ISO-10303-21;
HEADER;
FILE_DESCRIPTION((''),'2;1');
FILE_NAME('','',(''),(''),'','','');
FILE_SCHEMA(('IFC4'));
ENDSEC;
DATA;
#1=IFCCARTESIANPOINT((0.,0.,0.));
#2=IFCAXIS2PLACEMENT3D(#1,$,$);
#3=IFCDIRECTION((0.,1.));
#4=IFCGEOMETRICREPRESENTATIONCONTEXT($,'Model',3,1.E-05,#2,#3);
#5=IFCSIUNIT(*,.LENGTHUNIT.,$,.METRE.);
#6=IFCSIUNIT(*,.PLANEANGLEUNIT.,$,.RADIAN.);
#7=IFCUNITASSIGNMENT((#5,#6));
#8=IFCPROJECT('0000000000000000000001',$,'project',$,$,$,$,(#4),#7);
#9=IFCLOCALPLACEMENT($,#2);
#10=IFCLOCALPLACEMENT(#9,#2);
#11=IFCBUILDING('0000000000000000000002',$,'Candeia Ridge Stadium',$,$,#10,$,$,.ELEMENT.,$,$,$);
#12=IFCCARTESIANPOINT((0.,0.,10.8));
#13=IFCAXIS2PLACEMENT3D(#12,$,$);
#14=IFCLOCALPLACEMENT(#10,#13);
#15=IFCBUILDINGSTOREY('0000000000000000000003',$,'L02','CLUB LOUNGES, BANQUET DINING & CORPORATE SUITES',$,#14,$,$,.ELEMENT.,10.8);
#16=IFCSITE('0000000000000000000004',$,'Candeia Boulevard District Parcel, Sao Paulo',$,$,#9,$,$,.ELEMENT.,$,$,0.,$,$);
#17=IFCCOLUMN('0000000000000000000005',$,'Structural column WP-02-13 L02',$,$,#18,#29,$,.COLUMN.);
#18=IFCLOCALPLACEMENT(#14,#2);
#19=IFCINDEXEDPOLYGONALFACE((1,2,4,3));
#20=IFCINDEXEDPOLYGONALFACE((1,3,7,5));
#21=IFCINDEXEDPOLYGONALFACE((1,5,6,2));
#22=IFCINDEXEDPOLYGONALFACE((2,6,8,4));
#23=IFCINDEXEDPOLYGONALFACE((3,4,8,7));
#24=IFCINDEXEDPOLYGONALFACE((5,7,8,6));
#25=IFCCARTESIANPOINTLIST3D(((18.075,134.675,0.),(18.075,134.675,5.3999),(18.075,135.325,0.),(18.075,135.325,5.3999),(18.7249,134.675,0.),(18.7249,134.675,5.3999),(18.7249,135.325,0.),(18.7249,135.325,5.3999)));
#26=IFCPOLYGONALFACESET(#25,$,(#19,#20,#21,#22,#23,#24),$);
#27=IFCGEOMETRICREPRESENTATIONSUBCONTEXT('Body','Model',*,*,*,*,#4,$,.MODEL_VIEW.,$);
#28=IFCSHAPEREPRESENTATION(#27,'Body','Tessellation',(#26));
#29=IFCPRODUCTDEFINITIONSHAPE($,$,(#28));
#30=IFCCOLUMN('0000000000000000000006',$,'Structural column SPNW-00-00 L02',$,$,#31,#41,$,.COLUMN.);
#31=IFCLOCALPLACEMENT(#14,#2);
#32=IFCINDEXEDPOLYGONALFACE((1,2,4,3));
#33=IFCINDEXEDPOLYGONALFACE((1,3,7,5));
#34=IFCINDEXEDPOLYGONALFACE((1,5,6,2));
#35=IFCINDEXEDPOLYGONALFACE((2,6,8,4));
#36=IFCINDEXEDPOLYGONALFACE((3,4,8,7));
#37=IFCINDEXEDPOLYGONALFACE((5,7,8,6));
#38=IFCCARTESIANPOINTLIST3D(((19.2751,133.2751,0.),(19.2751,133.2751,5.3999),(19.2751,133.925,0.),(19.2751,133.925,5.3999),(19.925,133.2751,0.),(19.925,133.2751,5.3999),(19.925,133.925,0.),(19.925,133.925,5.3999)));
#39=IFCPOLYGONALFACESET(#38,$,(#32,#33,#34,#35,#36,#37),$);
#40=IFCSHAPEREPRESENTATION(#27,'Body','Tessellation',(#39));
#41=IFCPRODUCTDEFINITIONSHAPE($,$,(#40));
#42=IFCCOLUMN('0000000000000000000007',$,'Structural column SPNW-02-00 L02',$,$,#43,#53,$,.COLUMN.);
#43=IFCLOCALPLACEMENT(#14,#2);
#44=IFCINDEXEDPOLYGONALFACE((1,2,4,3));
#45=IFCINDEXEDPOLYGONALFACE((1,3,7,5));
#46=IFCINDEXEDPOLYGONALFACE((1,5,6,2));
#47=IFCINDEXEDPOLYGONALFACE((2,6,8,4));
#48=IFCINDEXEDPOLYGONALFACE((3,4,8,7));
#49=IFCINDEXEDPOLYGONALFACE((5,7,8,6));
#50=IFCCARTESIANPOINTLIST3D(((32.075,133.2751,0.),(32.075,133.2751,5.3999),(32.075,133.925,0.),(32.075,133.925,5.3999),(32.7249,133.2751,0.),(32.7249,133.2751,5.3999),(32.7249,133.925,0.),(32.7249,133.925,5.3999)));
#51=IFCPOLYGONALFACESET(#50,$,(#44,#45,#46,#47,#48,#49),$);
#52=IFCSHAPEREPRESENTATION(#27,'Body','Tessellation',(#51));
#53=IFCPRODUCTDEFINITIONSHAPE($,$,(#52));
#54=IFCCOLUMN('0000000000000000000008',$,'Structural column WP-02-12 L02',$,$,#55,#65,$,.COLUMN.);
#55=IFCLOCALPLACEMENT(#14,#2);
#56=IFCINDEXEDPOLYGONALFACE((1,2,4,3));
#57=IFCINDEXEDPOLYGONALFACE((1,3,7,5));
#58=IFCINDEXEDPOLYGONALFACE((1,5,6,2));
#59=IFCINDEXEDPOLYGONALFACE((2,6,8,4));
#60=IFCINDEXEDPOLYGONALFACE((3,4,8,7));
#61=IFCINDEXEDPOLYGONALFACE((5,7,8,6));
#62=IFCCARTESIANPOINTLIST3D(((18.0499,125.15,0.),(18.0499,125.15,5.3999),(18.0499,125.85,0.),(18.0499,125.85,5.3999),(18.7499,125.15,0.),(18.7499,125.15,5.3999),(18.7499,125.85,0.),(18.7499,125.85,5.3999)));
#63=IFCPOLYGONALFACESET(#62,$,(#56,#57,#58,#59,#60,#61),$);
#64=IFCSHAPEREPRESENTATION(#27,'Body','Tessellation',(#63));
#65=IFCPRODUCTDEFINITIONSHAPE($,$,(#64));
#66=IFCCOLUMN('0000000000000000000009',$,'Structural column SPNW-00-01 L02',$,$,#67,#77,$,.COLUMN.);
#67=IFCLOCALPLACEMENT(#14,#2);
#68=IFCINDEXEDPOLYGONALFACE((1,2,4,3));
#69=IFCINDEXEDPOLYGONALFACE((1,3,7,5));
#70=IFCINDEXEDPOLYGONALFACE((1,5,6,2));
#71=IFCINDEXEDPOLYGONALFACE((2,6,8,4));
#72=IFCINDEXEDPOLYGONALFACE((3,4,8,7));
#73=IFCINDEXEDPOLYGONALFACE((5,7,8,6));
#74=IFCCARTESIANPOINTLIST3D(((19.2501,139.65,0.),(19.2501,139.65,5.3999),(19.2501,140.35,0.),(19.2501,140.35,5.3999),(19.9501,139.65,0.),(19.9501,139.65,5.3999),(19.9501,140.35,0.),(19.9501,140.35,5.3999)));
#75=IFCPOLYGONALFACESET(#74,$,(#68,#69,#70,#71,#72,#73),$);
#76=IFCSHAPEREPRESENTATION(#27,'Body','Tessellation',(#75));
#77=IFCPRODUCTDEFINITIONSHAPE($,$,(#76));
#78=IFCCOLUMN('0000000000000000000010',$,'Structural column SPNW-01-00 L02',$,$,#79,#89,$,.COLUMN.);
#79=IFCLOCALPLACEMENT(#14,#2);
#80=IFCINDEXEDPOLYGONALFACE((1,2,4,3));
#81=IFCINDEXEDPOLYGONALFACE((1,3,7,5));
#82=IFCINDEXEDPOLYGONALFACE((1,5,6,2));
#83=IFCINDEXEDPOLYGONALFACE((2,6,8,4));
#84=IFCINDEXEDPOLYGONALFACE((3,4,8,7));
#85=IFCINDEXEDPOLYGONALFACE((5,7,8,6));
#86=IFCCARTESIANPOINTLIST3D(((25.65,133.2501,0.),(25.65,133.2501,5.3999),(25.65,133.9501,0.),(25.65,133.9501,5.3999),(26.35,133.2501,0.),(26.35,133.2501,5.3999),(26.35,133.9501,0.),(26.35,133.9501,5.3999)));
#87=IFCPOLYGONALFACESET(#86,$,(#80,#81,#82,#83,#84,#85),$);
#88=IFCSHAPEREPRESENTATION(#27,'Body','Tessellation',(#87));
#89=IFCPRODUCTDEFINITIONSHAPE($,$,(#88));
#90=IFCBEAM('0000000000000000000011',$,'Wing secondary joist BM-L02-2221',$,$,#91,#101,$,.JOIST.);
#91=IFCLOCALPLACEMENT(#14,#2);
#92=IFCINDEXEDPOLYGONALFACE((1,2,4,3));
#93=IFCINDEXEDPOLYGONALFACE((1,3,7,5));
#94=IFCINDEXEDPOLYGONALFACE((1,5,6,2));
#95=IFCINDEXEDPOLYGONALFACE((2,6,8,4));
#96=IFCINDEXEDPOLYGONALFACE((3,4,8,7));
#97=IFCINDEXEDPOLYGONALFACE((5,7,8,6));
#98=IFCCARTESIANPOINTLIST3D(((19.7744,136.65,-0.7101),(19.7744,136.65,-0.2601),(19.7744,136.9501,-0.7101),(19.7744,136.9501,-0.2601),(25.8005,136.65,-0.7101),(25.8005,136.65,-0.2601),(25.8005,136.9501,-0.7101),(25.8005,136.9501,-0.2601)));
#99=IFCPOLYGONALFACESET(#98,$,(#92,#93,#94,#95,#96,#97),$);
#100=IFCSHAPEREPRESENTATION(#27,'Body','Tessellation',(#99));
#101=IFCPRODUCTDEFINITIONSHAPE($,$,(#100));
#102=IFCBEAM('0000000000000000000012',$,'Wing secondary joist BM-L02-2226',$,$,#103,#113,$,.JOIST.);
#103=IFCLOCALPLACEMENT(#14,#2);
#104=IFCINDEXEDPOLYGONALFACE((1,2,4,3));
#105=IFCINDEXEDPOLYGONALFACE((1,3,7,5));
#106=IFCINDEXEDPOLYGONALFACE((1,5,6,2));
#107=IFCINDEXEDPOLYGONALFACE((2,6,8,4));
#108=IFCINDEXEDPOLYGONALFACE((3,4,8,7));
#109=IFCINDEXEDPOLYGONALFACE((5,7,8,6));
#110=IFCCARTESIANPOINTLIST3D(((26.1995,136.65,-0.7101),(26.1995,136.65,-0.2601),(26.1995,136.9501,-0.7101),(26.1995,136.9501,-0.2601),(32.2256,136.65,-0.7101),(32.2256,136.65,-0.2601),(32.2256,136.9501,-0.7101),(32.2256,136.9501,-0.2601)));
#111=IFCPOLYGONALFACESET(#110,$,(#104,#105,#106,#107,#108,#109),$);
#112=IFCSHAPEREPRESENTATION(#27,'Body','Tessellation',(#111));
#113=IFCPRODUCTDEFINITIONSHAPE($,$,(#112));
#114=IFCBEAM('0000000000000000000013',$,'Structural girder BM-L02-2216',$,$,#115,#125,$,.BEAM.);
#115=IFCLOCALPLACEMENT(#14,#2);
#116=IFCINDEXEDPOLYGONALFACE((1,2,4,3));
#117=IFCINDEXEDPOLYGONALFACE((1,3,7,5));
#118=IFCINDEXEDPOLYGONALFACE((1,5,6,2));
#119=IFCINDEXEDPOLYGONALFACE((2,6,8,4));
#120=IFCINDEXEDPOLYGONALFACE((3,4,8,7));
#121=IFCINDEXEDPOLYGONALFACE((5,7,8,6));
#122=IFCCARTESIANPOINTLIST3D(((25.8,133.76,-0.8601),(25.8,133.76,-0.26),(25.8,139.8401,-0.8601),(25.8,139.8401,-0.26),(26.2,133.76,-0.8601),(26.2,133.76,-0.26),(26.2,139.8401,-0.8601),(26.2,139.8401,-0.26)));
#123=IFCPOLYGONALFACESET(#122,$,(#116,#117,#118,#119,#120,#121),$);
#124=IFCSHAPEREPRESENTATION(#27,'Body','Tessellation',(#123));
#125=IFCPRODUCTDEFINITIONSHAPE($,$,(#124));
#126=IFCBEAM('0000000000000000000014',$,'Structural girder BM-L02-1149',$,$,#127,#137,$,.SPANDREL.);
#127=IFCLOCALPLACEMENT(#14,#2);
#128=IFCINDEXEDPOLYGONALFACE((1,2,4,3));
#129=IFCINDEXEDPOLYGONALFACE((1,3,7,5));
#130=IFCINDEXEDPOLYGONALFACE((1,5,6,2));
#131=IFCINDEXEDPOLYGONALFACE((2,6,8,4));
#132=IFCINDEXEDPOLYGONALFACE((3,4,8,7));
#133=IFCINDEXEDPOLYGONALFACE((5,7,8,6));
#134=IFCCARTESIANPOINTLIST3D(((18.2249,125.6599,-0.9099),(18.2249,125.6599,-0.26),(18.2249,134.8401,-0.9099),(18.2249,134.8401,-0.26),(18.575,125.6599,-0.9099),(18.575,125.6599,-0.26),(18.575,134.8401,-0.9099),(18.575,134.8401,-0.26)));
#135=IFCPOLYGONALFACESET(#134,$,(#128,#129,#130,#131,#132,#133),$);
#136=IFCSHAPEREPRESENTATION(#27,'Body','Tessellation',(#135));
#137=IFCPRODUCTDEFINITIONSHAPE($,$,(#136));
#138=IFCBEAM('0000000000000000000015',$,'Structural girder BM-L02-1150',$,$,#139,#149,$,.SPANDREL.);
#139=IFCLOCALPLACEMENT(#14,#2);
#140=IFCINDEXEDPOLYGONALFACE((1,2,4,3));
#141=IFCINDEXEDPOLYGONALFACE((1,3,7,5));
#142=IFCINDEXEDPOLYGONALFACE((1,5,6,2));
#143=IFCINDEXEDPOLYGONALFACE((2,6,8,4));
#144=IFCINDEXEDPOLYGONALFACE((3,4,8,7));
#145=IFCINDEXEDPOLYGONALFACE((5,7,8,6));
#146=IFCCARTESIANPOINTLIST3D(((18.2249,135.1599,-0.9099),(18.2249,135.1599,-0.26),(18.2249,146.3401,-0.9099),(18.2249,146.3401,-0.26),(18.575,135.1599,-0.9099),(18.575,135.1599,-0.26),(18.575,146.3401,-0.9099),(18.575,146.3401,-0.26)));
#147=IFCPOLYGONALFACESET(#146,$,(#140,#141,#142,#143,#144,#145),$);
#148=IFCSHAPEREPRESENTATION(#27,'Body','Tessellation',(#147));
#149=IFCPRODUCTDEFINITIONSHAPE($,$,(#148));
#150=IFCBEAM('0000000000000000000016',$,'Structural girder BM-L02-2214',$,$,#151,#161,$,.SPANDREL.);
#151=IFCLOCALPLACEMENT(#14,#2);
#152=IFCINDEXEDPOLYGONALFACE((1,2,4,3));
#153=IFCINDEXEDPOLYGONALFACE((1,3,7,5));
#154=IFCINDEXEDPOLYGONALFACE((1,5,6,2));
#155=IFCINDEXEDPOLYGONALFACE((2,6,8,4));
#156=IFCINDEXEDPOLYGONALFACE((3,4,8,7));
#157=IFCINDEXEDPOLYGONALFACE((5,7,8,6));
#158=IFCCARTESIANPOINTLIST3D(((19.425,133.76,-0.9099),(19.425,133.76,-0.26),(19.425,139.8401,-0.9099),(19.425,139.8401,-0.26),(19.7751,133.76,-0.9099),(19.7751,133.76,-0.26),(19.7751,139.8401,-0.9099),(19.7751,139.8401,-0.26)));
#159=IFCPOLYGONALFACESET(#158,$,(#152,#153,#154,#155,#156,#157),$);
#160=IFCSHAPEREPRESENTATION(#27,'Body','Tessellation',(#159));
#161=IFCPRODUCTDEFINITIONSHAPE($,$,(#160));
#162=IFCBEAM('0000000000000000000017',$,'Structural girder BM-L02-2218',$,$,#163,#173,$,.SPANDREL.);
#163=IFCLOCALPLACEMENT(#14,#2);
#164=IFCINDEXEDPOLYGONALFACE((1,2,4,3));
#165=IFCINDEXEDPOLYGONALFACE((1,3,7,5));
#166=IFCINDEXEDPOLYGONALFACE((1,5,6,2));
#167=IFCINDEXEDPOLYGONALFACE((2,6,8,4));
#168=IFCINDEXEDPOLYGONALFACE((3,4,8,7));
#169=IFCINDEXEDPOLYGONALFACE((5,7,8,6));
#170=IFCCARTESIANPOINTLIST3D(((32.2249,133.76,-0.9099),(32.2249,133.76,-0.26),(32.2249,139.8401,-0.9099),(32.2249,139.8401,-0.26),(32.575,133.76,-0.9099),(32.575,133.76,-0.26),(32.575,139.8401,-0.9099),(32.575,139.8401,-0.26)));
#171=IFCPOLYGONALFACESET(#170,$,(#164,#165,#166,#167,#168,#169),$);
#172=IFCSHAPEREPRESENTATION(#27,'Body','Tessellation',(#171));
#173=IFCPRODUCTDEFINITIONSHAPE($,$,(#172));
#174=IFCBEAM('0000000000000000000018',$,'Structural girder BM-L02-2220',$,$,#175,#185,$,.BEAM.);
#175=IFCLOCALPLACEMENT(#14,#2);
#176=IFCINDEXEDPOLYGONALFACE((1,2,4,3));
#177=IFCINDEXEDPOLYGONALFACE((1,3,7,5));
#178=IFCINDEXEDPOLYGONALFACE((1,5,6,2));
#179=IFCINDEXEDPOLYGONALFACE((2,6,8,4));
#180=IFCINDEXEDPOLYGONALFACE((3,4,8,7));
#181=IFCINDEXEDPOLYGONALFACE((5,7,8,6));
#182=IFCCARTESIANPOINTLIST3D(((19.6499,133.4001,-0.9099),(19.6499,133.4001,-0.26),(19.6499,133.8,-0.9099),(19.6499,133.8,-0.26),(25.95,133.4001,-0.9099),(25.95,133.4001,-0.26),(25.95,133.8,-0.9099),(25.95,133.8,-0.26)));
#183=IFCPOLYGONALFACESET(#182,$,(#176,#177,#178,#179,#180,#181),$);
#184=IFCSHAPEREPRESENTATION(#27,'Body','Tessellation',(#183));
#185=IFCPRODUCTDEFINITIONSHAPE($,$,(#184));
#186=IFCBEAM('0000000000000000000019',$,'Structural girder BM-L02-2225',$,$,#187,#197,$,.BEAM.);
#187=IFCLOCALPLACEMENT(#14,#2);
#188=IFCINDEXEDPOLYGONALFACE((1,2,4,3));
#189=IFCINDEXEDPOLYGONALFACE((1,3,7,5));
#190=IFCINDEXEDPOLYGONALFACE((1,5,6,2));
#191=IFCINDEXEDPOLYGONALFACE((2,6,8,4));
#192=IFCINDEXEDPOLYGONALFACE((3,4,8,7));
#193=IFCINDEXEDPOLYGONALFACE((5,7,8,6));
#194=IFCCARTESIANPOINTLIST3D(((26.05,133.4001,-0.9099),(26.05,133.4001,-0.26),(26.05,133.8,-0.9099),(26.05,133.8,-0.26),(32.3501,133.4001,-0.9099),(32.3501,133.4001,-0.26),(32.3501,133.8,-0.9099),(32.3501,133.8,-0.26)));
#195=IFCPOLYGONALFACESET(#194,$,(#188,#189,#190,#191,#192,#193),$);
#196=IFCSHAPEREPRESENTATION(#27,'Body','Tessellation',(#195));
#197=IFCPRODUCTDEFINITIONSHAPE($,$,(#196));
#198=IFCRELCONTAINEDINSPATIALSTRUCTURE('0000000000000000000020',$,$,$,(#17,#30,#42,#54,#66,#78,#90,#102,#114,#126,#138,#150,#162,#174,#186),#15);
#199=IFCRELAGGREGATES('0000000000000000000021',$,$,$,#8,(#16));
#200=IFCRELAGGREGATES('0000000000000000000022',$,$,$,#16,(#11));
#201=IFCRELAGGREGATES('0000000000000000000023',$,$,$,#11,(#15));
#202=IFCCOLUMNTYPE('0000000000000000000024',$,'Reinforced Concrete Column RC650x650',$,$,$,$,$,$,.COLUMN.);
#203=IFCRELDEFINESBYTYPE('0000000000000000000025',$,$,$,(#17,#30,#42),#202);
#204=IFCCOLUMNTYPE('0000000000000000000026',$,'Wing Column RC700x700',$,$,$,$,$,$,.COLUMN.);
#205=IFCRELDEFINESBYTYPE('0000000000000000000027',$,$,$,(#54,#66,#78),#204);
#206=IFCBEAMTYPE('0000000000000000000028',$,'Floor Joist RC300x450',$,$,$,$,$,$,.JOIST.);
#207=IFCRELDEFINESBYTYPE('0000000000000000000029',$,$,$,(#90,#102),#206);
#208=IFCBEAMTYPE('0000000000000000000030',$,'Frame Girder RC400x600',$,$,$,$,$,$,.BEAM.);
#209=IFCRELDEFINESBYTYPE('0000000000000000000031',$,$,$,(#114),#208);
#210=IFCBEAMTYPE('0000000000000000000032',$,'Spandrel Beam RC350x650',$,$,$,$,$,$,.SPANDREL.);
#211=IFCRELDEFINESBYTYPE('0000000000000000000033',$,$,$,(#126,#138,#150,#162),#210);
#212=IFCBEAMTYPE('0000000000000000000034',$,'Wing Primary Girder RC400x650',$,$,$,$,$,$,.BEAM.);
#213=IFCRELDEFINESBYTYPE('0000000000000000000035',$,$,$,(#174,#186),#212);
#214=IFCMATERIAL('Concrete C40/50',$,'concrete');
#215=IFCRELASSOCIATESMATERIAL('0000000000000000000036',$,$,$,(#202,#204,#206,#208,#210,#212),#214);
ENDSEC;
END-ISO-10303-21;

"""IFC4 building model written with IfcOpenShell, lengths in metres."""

from ifc_helpers import new_model, si_unit, direction, frame, origin, origin_2d, place, context, subcontext, project, spatial, rectangle, extrude, material, material_profile, profile_set, type_object, element, save


model = new_model("IFC4")

# Units and contexts
model_context = context("Model", 3, precision=1e-05, world=origin(), true_north=direction((0.0, 1.0)))
body_context = subcontext(model_context, "Body", "Model", "MODEL_VIEW")
ifc_project = project(units=[si_unit("LENGTHUNIT", "METRE"), si_unit("PLANEANGLEUNIT", "RADIAN")], contexts=[model_context])

# Site, building, storey
site_placement = place(None, origin())
site = spatial("IfcSite", under=ifc_project, at=site_placement, Name="Candeia Boulevard District Parcel, Sao Paulo", CompositionType="ELEMENT", RefElevation=0.0)
building_placement = place(site_placement, origin())
building = spatial("IfcBuilding", under=site, at=building_placement, Name="Candeia Ridge Stadium", CompositionType="ELEMENT")
storey_placement = place(building_placement, frame((0.0, 0.0, 10.8)))
storey = spatial("IfcBuildingStorey", under=building, at=storey_placement, Name="L02", Description="CLUB LOUNGES, BANQUET DINING & CORPORATE SUITES", CompositionType="ELEMENT", Elevation=10.8)

# Columns
ifc_material_1 = material(Name="Concrete C40/50", Category="concrete")
ifc_material_profile_1 = material_profile(ifc_material_1, rectangle(XDim=0.6499, YDim=0.6499, at=origin_2d()), Name="RC650x650", Category="concrete")
ifc_profile_set_1 = profile_set([ifc_material_profile_1], Name="Concrete C40/50")
column_type_1 = type_object("IfcColumnType", Name="Reinforced Concrete Column RC650x650", PredefinedType="COLUMN", material=ifc_profile_set_1)
for number, where, z_axis, x_axis, name in (
    (1, (18.3999, 135.0, 0.0), (0.0, 0.0, 1.0), (1.0, 0.0, 0.0), "Structural column WP-02-13 L02"),
    (2, (19.6001, 133.6001, 0.0), (0.0, 0.0, 1.0), (1.0, 0.0, 0.0), "Structural column SPNW-00-00 L02"),
    (3, (32.3999, 133.6001, 0.0), (0.0, 0.0, 1.0), (1.0, 0.0, 0.0), "Structural column SPNW-02-00 L02"),
):
    element("IfcColumn", number, at=place(storey_placement, frame(where, z_axis=z_axis, x_axis=x_axis)), inside=storey, type_object=column_type_1, Name=name, PredefinedType="COLUMN", context=body_context, shape_type="SweptSolid", body=[
        extrude(rectangle(XDim=0.6499, YDim=0.6499, at=origin_2d()), origin(), (0.0, 0.0, 1.0), 5.3999),
    ])
ifc_material_profile_2 = material_profile(ifc_material_1, rectangle(XDim=0.7, YDim=0.7, at=origin_2d()), Name="RC700x700", Category="concrete")
ifc_profile_set_2 = profile_set([ifc_material_profile_2], Name="Concrete C40/50")
column_type_2 = type_object("IfcColumnType", Name="Wing Column RC700x700", PredefinedType="COLUMN", material=ifc_profile_set_2)
for number, where, z_axis, x_axis, name in (
    (4, (18.3999, 125.5, 0.0), (0.0, 0.0, 1.0), (1.0, 0.0, 0.0), "Structural column WP-02-12 L02"),
    (5, (19.6001, 140.0, 0.0), (0.0, 0.0, 1.0), (1.0, 0.0, 0.0), "Structural column SPNW-00-01 L02"),
    (6, (26.0, 133.6001, 0.0), (0.0, 0.0, 1.0), (1.0, 0.0, 0.0), "Structural column SPNW-01-00 L02"),
):
    element("IfcColumn", number, at=place(storey_placement, frame(where, z_axis=z_axis, x_axis=x_axis)), inside=storey, type_object=column_type_2, Name=name, PredefinedType="COLUMN", context=body_context, shape_type="SweptSolid", body=[
        extrude(rectangle(XDim=0.7, YDim=0.7, at=origin_2d()), origin(), (0.0, 0.0, 1.0), 5.3999),
    ])

# Beams
ifc_material_profile_3 = material_profile(ifc_material_1, rectangle(XDim=0.3, YDim=0.45, at=origin_2d()), Name="RC300x450", Category="concrete")
ifc_profile_set_3 = profile_set([ifc_material_profile_3], Name="Concrete C40/50")
beam_type_1 = type_object("IfcBeamType", Name="Floor Joist RC300x450", PredefinedType="JOIST", material=ifc_profile_set_3)
for number, where, z_axis, x_axis, name in (
    (7, (19.7744, 136.8, -0.4851), (1.0, 0.0, 0.0), (0.0, 1.0, 0.0), "Wing secondary joist BM-L02-2221"),
    (8, (26.1995, 136.8, -0.4851), (1.0, 0.0, 0.0), (0.0, 1.0, 0.0), "Wing secondary joist BM-L02-2226"),
):
    element("IfcBeam", number, at=place(storey_placement, frame(where, z_axis=z_axis, x_axis=x_axis)), inside=storey, type_object=beam_type_1, Name=name, PredefinedType="JOIST", context=body_context, shape_type="SweptSolid", body=[
        extrude(rectangle(XDim=0.3, YDim=0.45, at=origin_2d()), origin(), (0.0, 0.0, 1.0), 6.0261),
    ])
ifc_material_profile_4 = material_profile(ifc_material_1, rectangle(XDim=0.3999, YDim=0.6001, at=origin_2d()), Name="RC400x600", Category="concrete")
ifc_profile_set_4 = profile_set([ifc_material_profile_4], Name="Concrete C40/50")
beam_type_2 = type_object("IfcBeamType", Name="Frame Girder RC400x600", PredefinedType="BEAM", material=ifc_profile_set_4)
beam_1_placement = place(storey_placement, frame((26.0, 133.76, -0.5601), z_axis=(0.0, 1.0, 0.0), x_axis=(-1.0, 0.0, 0.0)))
element("IfcBeam", 9, at=beam_1_placement, inside=storey, type_object=beam_type_2, Name="Structural girder BM-L02-2216", PredefinedType="BEAM", context=body_context, shape_type="SweptSolid", body=[
    extrude(rectangle(XDim=0.3999, YDim=0.6001, at=origin_2d()), origin(), (0.0, 0.0, 1.0), 6.0801),
])
ifc_material_profile_5 = material_profile(ifc_material_1, rectangle(XDim=0.3501, YDim=0.6499, at=origin_2d()), Name="RC350x650", Category="concrete")
ifc_profile_set_5 = profile_set([ifc_material_profile_5], Name="Concrete C40/50")
beam_type_3 = type_object("IfcBeamType", Name="Spandrel Beam RC350x650", PredefinedType="SPANDREL", material=ifc_profile_set_5)
beam_2_placement = place(storey_placement, frame((18.3999, 125.6599, -0.585), z_axis=(0.0, 1.0, 0.0), x_axis=(-1.0, 0.0, 0.0)))
element("IfcBeam", 10, at=beam_2_placement, inside=storey, type_object=beam_type_3, Name="Structural girder BM-L02-1149", PredefinedType="SPANDREL", context=body_context, shape_type="SweptSolid", body=[
    extrude(rectangle(XDim=0.3501, YDim=0.6499, at=origin_2d()), origin(), (0.0, 0.0, 1.0), 9.1802),
])
beam_3_placement = place(storey_placement, frame((18.3999, 135.1599, -0.585), z_axis=(0.0, 1.0, 0.0), x_axis=(-1.0, 0.0, 0.0)))
element("IfcBeam", 11, at=beam_3_placement, inside=storey, type_object=beam_type_3, Name="Structural girder BM-L02-1150", PredefinedType="SPANDREL", context=body_context, shape_type="SweptSolid", body=[
    extrude(rectangle(XDim=0.3501, YDim=0.6499, at=origin_2d()), origin(), (0.0, 0.0, 1.0), 11.1802),
])
for number, where, z_axis, x_axis, name in (
    (12, (19.6001, 133.76, -0.585), (0.0, 1.0, 0.0), (-1.0, 0.0, 0.0), "Structural girder BM-L02-2214"),
    (13, (32.3999, 133.76, -0.585), (0.0, 1.0, 0.0), (-1.0, 0.0, 0.0), "Structural girder BM-L02-2218"),
):
    element("IfcBeam", number, at=place(storey_placement, frame(where, z_axis=z_axis, x_axis=x_axis)), inside=storey, type_object=beam_type_3, Name=name, PredefinedType="SPANDREL", context=body_context, shape_type="SweptSolid", body=[
        extrude(rectangle(XDim=0.3501, YDim=0.6499, at=origin_2d()), origin(), (0.0, 0.0, 1.0), 6.0801),
    ])
ifc_material_profile_6 = material_profile(ifc_material_1, rectangle(XDim=0.3999, YDim=0.6499, at=origin_2d()), Name="RC400x650", Category="concrete")
ifc_profile_set_6 = profile_set([ifc_material_profile_6], Name="Concrete C40/50")
beam_type_4 = type_object("IfcBeamType", Name="Wing Primary Girder RC400x650", PredefinedType="BEAM", material=ifc_profile_set_6)
for number, where, z_axis, x_axis, name in (
    (14, (19.6499, 133.6001, -0.585), (1.0, 0.0, 0.0), (0.0, 1.0, 0.0), "Structural girder BM-L02-2220"),
    (15, (26.05, 133.6001, -0.585), (1.0, 0.0, 0.0), (0.0, 1.0, 0.0), "Structural girder BM-L02-2225"),
):
    element("IfcBeam", number, at=place(storey_placement, frame(where, z_axis=z_axis, x_axis=x_axis)), inside=storey, type_object=beam_type_4, Name=name, PredefinedType="BEAM", context=body_context, shape_type="SweptSolid", body=[
        extrude(rectangle(XDim=0.3999, YDim=0.6499, at=origin_2d()), origin(), (0.0, 0.0, 1.0), 6.3),
    ])

save(model, "model.ifc")
